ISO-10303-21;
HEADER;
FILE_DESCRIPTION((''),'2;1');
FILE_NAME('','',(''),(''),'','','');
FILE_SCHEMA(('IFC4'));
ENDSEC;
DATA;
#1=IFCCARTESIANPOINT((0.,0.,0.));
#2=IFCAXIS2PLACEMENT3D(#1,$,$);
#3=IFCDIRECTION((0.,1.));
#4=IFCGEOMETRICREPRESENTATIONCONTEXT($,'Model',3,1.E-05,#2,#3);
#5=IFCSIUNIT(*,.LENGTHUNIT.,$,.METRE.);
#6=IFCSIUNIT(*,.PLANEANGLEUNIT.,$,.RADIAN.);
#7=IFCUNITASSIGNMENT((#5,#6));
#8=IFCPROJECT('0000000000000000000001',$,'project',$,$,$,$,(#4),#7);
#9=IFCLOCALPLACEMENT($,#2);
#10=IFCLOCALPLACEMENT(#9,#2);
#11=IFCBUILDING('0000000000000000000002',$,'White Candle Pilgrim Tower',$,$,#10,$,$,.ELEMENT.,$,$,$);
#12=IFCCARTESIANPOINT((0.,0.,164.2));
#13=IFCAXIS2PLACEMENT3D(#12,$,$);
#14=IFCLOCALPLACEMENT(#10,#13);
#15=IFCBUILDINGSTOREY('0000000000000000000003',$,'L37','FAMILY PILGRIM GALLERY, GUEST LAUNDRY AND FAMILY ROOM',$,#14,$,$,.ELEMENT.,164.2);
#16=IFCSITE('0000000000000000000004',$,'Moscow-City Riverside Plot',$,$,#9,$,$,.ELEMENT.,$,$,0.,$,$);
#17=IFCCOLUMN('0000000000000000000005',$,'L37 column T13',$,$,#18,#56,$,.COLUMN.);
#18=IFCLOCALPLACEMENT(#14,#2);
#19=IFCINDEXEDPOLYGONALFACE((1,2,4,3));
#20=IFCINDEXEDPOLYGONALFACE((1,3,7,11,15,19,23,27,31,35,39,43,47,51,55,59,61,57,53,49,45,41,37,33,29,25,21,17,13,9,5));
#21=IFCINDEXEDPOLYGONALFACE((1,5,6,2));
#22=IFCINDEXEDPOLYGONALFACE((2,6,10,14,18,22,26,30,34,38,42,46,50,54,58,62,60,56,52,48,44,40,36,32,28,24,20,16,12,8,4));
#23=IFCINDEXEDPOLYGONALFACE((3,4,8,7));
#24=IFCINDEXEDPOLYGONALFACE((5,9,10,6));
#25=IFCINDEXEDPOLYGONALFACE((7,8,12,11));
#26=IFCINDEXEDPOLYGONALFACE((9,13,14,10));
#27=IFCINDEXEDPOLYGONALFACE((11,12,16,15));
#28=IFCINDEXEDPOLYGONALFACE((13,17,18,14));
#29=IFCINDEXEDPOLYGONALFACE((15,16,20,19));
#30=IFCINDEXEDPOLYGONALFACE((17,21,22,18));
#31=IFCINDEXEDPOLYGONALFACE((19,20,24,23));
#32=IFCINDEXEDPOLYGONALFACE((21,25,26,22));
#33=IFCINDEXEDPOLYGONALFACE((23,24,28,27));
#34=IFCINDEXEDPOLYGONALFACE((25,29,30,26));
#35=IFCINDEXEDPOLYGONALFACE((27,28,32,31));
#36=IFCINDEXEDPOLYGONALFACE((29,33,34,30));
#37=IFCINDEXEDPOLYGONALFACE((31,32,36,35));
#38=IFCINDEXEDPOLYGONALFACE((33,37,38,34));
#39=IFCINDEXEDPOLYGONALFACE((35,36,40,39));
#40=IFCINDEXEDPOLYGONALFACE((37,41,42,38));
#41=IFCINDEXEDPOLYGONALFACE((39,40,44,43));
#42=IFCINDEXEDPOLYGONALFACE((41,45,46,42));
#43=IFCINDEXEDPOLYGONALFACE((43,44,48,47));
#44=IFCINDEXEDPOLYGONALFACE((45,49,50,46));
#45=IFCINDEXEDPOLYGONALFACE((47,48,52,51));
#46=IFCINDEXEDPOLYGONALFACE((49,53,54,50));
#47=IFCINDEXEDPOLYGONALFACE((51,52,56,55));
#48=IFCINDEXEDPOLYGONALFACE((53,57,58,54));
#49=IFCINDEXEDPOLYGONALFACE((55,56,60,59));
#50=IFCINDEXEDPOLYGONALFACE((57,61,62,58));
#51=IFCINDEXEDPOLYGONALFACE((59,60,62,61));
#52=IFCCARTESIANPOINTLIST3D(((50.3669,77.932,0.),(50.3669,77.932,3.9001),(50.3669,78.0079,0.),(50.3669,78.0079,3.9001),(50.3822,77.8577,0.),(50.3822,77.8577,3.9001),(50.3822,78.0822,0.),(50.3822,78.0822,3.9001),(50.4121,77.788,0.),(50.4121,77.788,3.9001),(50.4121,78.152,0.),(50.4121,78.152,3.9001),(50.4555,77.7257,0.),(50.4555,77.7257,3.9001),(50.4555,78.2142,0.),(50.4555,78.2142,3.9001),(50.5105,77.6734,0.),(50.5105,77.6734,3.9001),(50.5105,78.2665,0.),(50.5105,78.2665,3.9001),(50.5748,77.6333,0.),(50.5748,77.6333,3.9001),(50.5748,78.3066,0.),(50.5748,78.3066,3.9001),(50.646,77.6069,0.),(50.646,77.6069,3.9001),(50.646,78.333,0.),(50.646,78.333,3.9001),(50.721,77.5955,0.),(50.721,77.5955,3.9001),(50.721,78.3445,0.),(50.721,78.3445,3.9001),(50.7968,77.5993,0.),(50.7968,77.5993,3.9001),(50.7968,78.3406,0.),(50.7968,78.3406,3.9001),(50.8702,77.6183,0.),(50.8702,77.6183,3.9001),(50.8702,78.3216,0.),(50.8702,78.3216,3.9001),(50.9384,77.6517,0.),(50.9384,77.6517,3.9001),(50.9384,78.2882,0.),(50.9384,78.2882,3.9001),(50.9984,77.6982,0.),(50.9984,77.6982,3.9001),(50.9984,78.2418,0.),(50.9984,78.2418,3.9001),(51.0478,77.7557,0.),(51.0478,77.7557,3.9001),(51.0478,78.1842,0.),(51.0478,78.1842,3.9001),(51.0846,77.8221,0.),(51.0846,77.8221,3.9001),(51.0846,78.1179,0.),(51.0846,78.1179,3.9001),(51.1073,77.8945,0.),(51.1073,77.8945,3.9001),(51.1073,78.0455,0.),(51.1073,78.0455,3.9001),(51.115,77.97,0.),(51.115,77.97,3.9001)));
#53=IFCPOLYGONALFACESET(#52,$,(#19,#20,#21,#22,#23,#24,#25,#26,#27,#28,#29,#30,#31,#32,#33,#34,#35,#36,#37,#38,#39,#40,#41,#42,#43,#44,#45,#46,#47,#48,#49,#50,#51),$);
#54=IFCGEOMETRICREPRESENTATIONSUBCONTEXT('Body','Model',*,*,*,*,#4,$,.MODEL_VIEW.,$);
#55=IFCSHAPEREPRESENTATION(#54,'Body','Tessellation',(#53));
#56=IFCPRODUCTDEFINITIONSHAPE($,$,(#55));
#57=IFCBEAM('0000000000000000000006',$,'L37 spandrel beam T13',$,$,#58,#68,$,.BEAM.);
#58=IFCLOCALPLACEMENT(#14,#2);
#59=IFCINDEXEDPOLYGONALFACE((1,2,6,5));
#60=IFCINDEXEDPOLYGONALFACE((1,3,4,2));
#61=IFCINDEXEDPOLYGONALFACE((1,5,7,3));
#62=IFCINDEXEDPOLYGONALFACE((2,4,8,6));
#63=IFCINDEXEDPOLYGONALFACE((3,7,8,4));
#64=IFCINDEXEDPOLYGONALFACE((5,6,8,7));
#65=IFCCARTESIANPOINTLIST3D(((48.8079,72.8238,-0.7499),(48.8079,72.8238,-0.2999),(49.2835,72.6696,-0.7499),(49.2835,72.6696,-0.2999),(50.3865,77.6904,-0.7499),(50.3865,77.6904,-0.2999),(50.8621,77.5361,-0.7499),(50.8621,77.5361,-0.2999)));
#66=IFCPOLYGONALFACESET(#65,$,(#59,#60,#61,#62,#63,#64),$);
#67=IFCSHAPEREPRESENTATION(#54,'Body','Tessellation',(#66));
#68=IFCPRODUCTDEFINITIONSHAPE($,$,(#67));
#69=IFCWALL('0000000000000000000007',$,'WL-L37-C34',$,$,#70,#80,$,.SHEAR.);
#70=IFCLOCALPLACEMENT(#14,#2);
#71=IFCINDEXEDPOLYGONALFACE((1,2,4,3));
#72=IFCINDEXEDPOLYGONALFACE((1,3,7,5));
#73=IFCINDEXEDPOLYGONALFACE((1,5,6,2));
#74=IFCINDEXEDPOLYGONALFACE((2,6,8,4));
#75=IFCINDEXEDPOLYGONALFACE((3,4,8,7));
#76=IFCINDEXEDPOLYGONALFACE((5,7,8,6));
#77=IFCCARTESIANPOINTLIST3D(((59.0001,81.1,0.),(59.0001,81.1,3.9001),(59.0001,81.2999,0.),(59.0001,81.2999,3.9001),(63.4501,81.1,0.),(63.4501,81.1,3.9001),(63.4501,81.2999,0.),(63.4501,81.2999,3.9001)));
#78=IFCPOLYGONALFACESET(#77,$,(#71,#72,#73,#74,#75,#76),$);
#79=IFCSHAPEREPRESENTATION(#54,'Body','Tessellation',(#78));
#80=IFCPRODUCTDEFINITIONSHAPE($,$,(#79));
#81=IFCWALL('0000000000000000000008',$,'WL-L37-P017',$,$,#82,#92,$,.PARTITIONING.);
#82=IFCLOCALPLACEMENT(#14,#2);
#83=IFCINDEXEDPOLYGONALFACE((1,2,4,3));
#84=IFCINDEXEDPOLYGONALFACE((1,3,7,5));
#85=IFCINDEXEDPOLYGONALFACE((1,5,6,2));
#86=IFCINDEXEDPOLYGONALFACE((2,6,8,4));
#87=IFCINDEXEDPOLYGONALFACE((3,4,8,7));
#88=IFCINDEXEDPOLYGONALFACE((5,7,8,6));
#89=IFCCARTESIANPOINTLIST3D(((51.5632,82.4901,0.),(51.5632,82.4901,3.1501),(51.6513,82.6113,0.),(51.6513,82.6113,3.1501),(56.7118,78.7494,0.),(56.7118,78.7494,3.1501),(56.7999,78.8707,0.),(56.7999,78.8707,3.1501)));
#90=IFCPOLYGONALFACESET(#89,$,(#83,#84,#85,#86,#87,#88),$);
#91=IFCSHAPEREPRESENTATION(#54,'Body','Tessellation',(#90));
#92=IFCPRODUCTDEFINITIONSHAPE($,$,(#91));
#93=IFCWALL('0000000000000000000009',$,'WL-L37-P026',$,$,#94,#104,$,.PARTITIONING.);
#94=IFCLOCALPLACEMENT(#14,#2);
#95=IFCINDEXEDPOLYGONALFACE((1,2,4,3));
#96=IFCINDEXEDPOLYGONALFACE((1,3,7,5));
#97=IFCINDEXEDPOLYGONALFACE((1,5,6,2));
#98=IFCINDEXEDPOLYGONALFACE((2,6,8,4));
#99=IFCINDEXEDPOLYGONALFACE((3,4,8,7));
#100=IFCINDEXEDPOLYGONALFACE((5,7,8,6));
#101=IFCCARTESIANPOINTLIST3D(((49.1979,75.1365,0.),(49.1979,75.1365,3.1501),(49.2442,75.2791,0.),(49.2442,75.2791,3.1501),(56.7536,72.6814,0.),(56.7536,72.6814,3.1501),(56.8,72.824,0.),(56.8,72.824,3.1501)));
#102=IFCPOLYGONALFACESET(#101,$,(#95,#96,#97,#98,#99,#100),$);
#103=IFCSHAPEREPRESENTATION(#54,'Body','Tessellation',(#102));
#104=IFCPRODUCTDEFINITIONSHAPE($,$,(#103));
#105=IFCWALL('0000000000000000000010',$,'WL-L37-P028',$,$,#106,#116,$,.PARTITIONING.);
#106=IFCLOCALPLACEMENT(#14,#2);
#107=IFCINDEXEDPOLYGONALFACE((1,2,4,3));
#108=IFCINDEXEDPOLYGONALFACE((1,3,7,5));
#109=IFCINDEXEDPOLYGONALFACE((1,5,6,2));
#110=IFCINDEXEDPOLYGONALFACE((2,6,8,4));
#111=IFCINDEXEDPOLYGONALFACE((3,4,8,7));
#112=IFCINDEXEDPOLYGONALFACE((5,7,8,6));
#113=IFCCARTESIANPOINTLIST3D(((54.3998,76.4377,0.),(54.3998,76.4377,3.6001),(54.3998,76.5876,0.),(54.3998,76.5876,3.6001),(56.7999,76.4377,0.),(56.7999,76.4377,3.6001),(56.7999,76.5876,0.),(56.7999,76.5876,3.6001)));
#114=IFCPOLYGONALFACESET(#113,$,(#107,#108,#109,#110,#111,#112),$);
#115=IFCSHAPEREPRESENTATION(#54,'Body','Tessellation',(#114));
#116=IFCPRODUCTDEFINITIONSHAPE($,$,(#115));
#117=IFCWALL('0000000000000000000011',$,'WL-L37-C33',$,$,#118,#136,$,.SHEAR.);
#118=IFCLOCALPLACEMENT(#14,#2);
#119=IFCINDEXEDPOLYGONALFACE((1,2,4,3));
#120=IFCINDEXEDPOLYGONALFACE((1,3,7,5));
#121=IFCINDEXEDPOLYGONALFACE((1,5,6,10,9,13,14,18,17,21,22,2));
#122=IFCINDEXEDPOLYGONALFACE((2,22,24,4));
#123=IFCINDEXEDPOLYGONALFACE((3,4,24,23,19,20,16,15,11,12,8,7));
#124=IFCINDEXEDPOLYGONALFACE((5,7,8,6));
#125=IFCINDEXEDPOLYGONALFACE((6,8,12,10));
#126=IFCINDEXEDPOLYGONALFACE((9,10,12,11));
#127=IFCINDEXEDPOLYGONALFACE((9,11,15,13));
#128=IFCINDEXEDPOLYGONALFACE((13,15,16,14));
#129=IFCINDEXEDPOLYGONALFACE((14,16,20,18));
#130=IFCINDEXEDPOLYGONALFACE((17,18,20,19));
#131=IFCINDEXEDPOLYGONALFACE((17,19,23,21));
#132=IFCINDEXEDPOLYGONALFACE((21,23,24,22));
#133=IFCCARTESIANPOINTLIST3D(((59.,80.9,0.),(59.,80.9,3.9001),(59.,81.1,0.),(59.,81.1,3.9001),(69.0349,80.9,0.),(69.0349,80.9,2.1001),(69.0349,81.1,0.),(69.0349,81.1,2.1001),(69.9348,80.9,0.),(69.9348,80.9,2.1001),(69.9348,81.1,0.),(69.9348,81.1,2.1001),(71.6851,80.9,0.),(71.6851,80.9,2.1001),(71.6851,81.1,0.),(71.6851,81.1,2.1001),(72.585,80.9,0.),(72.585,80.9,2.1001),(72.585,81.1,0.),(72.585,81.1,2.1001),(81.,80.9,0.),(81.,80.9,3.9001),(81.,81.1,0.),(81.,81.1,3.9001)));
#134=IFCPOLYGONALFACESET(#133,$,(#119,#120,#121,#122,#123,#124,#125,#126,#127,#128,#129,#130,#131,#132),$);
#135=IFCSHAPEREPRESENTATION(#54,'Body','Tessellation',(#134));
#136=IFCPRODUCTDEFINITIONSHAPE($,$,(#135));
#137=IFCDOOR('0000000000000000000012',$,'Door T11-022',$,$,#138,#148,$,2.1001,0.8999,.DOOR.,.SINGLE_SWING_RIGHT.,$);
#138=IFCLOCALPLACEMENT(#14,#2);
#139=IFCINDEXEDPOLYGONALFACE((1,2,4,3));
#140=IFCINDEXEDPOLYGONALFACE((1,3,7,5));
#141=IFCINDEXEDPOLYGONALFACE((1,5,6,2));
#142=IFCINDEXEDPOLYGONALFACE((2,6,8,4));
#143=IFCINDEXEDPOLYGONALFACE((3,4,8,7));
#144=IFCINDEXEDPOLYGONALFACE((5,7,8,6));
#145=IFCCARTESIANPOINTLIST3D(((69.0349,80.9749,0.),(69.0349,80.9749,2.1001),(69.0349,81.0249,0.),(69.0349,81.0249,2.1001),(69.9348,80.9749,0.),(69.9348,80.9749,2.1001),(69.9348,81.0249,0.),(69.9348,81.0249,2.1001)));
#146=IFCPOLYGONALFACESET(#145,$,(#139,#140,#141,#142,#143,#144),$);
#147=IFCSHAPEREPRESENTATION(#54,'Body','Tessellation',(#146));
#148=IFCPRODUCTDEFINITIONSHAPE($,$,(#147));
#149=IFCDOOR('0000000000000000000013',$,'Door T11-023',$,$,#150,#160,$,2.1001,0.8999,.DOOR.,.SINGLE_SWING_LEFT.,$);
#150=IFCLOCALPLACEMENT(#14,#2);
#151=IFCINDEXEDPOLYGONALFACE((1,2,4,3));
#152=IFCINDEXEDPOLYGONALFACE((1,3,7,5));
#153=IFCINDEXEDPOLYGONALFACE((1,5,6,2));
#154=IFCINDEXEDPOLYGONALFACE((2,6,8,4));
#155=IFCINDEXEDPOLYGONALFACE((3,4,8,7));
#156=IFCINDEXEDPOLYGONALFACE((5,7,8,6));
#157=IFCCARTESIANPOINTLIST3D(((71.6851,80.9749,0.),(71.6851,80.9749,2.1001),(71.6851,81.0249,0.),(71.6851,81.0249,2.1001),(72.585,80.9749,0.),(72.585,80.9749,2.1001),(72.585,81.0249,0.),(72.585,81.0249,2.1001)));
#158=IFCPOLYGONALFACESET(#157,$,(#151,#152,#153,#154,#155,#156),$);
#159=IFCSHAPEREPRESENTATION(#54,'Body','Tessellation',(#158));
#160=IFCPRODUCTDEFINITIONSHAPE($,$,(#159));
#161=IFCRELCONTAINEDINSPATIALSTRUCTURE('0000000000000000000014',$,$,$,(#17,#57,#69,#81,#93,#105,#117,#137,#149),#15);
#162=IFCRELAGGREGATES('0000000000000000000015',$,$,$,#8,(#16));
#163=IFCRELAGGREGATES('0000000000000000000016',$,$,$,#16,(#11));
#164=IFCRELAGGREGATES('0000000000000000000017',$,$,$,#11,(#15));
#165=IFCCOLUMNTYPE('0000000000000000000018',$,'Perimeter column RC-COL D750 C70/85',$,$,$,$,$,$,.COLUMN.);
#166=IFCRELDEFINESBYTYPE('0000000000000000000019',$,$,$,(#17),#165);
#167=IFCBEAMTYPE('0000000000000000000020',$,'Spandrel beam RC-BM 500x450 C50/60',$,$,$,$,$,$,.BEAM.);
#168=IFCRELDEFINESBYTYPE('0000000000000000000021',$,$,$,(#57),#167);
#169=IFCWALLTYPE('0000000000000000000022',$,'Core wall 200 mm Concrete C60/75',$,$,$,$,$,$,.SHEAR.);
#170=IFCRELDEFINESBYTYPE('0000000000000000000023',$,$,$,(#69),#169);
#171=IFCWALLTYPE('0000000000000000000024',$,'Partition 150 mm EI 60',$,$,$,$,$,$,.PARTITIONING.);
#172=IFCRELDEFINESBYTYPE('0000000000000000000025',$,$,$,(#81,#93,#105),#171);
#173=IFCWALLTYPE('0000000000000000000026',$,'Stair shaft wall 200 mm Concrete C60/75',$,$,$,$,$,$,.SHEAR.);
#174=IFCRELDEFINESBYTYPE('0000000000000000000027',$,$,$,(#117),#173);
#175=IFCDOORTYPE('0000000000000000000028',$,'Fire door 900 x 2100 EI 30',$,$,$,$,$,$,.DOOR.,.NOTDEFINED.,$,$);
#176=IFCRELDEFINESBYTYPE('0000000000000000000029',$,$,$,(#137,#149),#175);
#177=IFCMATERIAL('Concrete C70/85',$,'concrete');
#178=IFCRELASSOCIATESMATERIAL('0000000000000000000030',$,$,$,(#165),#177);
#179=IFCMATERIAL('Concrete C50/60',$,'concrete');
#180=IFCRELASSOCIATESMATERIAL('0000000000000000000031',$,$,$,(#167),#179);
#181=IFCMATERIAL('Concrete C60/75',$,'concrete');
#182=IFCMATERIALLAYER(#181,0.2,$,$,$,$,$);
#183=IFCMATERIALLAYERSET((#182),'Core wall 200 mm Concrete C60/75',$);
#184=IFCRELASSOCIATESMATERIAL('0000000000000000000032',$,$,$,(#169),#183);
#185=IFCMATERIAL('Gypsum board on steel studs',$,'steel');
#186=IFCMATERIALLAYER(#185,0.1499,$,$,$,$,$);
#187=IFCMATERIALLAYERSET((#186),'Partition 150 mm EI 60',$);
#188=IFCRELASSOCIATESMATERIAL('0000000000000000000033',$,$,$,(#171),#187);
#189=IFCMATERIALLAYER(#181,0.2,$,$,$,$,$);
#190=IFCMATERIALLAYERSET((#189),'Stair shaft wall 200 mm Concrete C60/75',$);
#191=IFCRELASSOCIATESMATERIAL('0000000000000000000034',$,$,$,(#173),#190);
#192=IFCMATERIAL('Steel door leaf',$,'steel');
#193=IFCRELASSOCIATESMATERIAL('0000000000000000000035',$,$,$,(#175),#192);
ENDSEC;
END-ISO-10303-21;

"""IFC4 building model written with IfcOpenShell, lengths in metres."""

from ifc_helpers import new_model, si_unit, direction, frame, frame_2d, origin, origin_2d, place, context, subcontext, project, spatial, rectangle, circle, extrude, material, layer, layer_set, material_profile, profile_set, type_object, element, fill, save


model = new_model("IFC4")

# Units and contexts
model_context = context("Model", 3, precision=1e-05, world=origin(), true_north=direction((0.0, 1.0)))
body_context = subcontext(model_context, "Body", "Model", "MODEL_VIEW")
ifc_project = project(units=[si_unit("LENGTHUNIT", "METRE"), si_unit("PLANEANGLEUNIT", "RADIAN")], contexts=[model_context])

# Site, building, storey
site_placement = place(None, origin())
site = spatial("IfcSite", under=ifc_project, at=site_placement, Name="Moscow-City Riverside Plot", CompositionType="ELEMENT", RefElevation=0.0)
building_placement = place(site_placement, origin())
building = spatial("IfcBuilding", under=site, at=building_placement, Name="White Candle Pilgrim Tower", CompositionType="ELEMENT")
storey_placement = place(building_placement, frame((0.0, 0.0, 164.2)))
storey = spatial("IfcBuildingStorey", under=building, at=storey_placement, Name="L37", Description="FAMILY PILGRIM GALLERY, GUEST LAUNDRY AND FAMILY ROOM", CompositionType="ELEMENT", Elevation=164.2)

# Column
ifc_material_1 = material(Name="Concrete C70/85", Category="concrete")
ifc_material_profile_1 = material_profile(ifc_material_1, circle(Radius=0.375, at=origin_2d()), Name="RC-COL D750")
ifc_profile_set_1 = profile_set([ifc_material_profile_1], Name="Concrete C70/85")
column_type = type_object("IfcColumnType", Name="Perimeter column RC-COL D750 C70/85", PredefinedType="COLUMN", material=ifc_profile_set_1)
column_placement = place(storey_placement, frame((50.74, 77.97, 0.0), z_axis=(0.0, 0.0, 1.0), x_axis=(1.0, 0.0, 0.0)))
element("IfcColumn", 1, at=column_placement, inside=storey, type_object=column_type, Name="L37 column T13", PredefinedType="COLUMN", context=body_context, shape_type="SweptSolid", body=[
    extrude(circle(Radius=0.375, at=origin_2d()), origin(), (0.0, 0.0, 1.0), 3.9001),
])

# Beam
ifc_material_2 = material(Name="Concrete C50/60", Category="concrete")
ifc_material_profile_2 = material_profile(ifc_material_2, rectangle(XDim=0.5, YDim=0.45, at=origin_2d()), Name="RC-BM 500x450")
ifc_profile_set_2 = profile_set([ifc_material_profile_2], Name="Concrete C50/60")
beam_type = type_object("IfcBeamType", Name="Spandrel beam RC-BM 500x450 C50/60", PredefinedType="BEAM", material=ifc_profile_set_2)
beam_placement = place(storey_placement, frame((50.6243, 77.6133, -0.5249), z_axis=(-0.308544, -0.95121, 0.0), x_axis=(0.95121, -0.308544, 0.0)))
element("IfcBeam", 2, at=beam_placement, inside=storey, type_object=beam_type, Name="L37 spandrel beam T13", PredefinedType="BEAM", context=body_context, shape_type="SweptSolid", body=[
    extrude(rectangle(XDim=0.5, YDim=0.45, at=origin_2d()), origin(), (0.0, 0.0, 1.0), 5.1162),
])

# Walls
ifc_material_3 = material(Name="Concrete C60/75", Category="concrete")
ifc_layer_1 = layer(ifc_material_3, 0.2)
ifc_layer_set_1 = layer_set([ifc_layer_1], Name="Core wall 200 mm Concrete C60/75")
wall_type_1 = type_object("IfcWallType", Name="Core wall 200 mm Concrete C60/75", PredefinedType="SHEAR", material=ifc_layer_set_1)
wall_1_placement = place(storey_placement, frame((59.0, 81.2, 0.0), z_axis=(0.0, 0.0, 1.0), x_axis=(1.0, 0.0, 0.0)))
element("IfcWall", 3, at=wall_1_placement, inside=storey, type_object=wall_type_1, Name="WL-L37-C34", PredefinedType="SHEAR", context=body_context, shape_type="SweptSolid", body=[
    extrude(rectangle(XDim=4.45, YDim=0.2, at=frame_2d((2.2251, 0.0))), origin(), (0.0, 0.0, 1.0), 3.9001),
])
ifc_material_4 = material(Name="Gypsum board on steel studs", Category="steel")
ifc_layer_2 = layer(ifc_material_4, 0.1499)
ifc_layer_set_2 = layer_set([ifc_layer_2], Name="Partition 150 mm EI 60")
wall_type_2 = type_object("IfcWallType", Name="Partition 150 mm EI 60", PredefinedType="PARTITIONING", material=ifc_layer_set_2)
wall_2_placement = place(storey_placement, frame((51.6072, 82.5508, 0.0), z_axis=(0.0, 0.0, 1.0), x_axis=(0.809018, -0.587784, 0.0)))
element("IfcWall", 4, at=wall_2_placement, inside=storey, type_object=wall_type_2, Name="WL-L37-P017", PredefinedType="PARTITIONING", context=body_context, shape_type="SweptSolid", body=[
    extrude(rectangle(XDim=6.364, YDim=0.1499, at=frame_2d((3.1821, 0.0))), origin(), (0.0, 0.0, 1.0), 3.1501),
])
wall_3_placement = place(storey_placement, frame((49.2212, 75.2078, 0.0), z_axis=(0.0, 0.0, 1.0), x_axis=(0.951053, -0.309028, 0.0)))
element("IfcWall", 5, at=wall_3_placement, inside=storey, type_object=wall_type_2, Name="WL-L37-P026", PredefinedType="PARTITIONING", context=body_context, shape_type="SweptSolid", body=[
    extrude(rectangle(XDim=7.9446, YDim=0.1499, at=frame_2d((3.9722, 0.0))), origin(), (0.0, 0.0, 1.0), 3.1501),
])
wall_4_placement = place(storey_placement, frame((56.8, 76.5127, 0.0), z_axis=(0.0, 0.0, 1.0), x_axis=(-1.0, 0.0, 0.0)))
element("IfcWall", 6, at=wall_4_placement, inside=storey, type_object=wall_type_2, Name="WL-L37-P028", PredefinedType="PARTITIONING", context=body_context, shape_type="SweptSolid", body=[
    extrude(rectangle(XDim=2.4001, YDim=0.1499, at=frame_2d((1.2002, 0.0))), origin(), (0.0, 0.0, 1.0), 3.6001),
])

# Wall, openings, doors
ifc_layer_3 = layer(ifc_material_3, 0.2)
ifc_layer_set_3 = layer_set([ifc_layer_3], Name="Stair shaft wall 200 mm Concrete C60/75")
wall_type_3 = type_object("IfcWallType", Name="Stair shaft wall 200 mm Concrete C60/75", PredefinedType="SHEAR", material=ifc_layer_set_3)
wall_5_placement = place(storey_placement, frame((59.0, 81.0, 0.0), z_axis=(0.0, 0.0, 1.0), x_axis=(1.0, 0.0, 0.0)))
wall_5 = element("IfcWall", 7, at=wall_5_placement, inside=storey, type_object=wall_type_3, Name="WL-L37-C33", PredefinedType="SHEAR", context=body_context, shape_type="SweptSolid", body=[
    extrude(rectangle(XDim=22.0, YDim=0.2, at=frame_2d((11.0, 0.0))), origin(), (0.0, 0.0, 1.0), 3.9001),
])
opening_1_placement = place(wall_5_placement, frame((10.0349, 0.0, 0.0)))
opening_1 = element("IfcOpeningElement", 8, at=opening_1_placement, cuts=wall_5, PredefinedType="OPENING", context=body_context, shape_type="SweptSolid", body=[
    extrude(rectangle(XDim=0.8999, YDim=2.1001, at=frame_2d((0.45, 1.05))), frame((0.0, 0.1099, 0.0), z_axis=(0.0, -1.0, 0.0), x_axis=(1.0, 0.0, 0.0)), (0.0, 0.0, 1.0), 0.22),
])
opening_2_placement = place(wall_5_placement, frame((12.6851, 0.0, 0.0)))
opening_2 = element("IfcOpeningElement", 9, at=opening_2_placement, cuts=wall_5, PredefinedType="OPENING", context=body_context, shape_type="SweptSolid", body=[
    extrude(rectangle(XDim=0.8999, YDim=2.1001, at=frame_2d((0.45, 1.05))), frame((0.0, 0.1099, 0.0), z_axis=(0.0, -1.0, 0.0), x_axis=(1.0, 0.0, 0.0)), (0.0, 0.0, 1.0), 0.22),
])
ifc_material_5 = material(Name="Steel door leaf", Category="steel")
door_type = type_object("IfcDoorType", Name="Fire door 900 x 2100 EI 30", OperationType="NOTDEFINED", PredefinedType="DOOR", material=ifc_material_5)
door_1_placement = place(opening_1_placement, origin())
door_1 = element("IfcDoor", 10, at=door_1_placement, inside=storey, type_object=door_type, Name="Door T11-022", OperationType="SINGLE_SWING_RIGHT", OverallHeight=2.1001, OverallWidth=0.8999, PredefinedType="DOOR", context=body_context, shape_type="SweptSolid", body=[
    extrude(rectangle(XDim=0.8999, YDim=2.1001, at=frame_2d((0.45, 1.05))), frame((0.0, 0.0249, 0.0), z_axis=(0.0, -1.0, 0.0), x_axis=(1.0, 0.0, 0.0)), (0.0, 0.0, 1.0), 0.05),
])
fill(opening_1, door_1)
door_2_placement = place(opening_2_placement, origin())
door_2 = element("IfcDoor", 11, at=door_2_placement, inside=storey, type_object=door_type, Name="Door T11-023", OperationType="SINGLE_SWING_LEFT", OverallHeight=2.1001, OverallWidth=0.8999, PredefinedType="DOOR", context=body_context, shape_type="SweptSolid", body=[
    extrude(rectangle(XDim=0.8999, YDim=2.1001, at=frame_2d((0.45, 1.05))), frame((0.0, 0.0249, 0.0), z_axis=(0.0, -1.0, 0.0), x_axis=(1.0, 0.0, 0.0)), (0.0, 0.0, 1.0), 0.05),
])
fill(opening_2, door_2)

save(model, "model.ifc")
